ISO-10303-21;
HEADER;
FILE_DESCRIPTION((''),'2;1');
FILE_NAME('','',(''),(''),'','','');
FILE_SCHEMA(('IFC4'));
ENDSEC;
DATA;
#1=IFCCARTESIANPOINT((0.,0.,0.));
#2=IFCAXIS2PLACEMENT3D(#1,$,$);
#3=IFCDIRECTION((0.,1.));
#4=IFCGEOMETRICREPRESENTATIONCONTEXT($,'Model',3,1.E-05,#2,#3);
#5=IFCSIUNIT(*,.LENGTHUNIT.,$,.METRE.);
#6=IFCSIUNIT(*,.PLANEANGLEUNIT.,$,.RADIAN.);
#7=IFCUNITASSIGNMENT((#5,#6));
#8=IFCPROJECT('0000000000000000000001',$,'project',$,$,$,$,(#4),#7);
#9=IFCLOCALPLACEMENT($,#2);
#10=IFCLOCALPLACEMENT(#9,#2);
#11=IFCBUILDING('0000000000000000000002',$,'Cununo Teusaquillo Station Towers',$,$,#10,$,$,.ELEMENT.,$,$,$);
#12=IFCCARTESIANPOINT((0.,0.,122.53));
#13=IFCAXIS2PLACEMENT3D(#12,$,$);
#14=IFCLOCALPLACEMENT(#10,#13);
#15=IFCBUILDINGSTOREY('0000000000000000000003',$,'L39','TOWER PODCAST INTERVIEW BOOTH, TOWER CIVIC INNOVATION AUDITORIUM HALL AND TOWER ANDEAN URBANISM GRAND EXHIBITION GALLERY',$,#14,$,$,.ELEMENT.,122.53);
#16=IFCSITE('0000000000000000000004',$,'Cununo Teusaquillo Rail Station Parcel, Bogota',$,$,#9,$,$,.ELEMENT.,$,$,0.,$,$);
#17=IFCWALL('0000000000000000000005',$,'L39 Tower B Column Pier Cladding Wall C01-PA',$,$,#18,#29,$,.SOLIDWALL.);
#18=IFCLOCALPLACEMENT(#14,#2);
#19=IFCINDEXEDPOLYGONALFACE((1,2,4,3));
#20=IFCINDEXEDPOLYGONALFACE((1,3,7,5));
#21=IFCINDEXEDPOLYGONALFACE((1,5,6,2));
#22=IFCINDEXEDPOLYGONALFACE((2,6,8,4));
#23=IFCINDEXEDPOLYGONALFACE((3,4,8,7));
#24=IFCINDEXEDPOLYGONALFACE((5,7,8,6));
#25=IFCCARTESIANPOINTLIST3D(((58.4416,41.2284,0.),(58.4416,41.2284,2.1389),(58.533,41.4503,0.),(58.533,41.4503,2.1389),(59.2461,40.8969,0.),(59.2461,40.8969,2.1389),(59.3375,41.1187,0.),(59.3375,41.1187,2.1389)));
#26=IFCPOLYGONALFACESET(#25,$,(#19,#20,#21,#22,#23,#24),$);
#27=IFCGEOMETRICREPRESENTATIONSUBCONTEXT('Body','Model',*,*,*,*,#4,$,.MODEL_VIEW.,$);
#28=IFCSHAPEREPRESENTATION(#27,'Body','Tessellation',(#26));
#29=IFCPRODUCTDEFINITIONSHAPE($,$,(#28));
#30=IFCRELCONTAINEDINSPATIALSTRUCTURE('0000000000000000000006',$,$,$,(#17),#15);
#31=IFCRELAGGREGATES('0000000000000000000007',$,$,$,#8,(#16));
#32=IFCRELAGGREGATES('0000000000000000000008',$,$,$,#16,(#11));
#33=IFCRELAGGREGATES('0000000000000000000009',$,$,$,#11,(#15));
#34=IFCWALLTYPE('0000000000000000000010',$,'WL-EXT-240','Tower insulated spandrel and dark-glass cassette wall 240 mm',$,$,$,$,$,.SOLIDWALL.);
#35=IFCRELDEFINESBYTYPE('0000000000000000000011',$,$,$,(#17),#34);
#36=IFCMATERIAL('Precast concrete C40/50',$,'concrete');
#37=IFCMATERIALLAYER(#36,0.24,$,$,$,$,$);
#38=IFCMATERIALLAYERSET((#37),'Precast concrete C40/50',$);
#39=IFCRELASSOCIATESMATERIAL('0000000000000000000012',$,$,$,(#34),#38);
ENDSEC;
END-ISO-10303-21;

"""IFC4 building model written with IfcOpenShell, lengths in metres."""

from ifc_helpers import new_model, si_unit, direction, frame, frame_2d, origin, place, context, subcontext, project, spatial, rectangle, extrude, material, layer, layer_set, type_object, element, save


model = new_model("IFC4")

# Units and contexts
model_context = context("Model", 3, precision=1e-05, world=origin(), true_north=direction((0.0, 1.0)))
body_context = subcontext(model_context, "Body", "Model", "MODEL_VIEW")
ifc_project = project(units=[si_unit("LENGTHUNIT", "METRE"), si_unit("PLANEANGLEUNIT", "RADIAN")], contexts=[model_context])

# Site, building, storey
site_placement = place(None, origin())
site = spatial("IfcSite", under=ifc_project, at=site_placement, Name="Cununo Teusaquillo Rail Station Parcel, Bogota", CompositionType="ELEMENT", RefElevation=0.0)
building_placement = place(site_placement, origin())
building = spatial("IfcBuilding", under=site, at=building_placement, Name="Cununo Teusaquillo Station Towers", CompositionType="ELEMENT")
storey_placement = place(building_placement, frame((0.0, 0.0, 122.53)))
storey = spatial("IfcBuildingStorey", under=building, at=storey_placement, Name="L39", Description="TOWER PODCAST INTERVIEW BOOTH, TOWER CIVIC INNOVATION AUDITORIUM HALL AND TOWER ANDEAN URBANISM GRAND EXHIBITION GALLERY", CompositionType="ELEMENT", Elevation=122.53)

# Wall
ifc_material_1 = material(Name="Precast concrete C40/50", Category="concrete")
ifc_layer_1 = layer(ifc_material_1, 0.24)
ifc_layer_set_1 = layer_set([ifc_layer_1], Name="Precast concrete C40/50")
wall_type = type_object("IfcWallType", Name="WL-EXT-240", Description="Tower insulated spandrel and dark-glass cassette wall 240 mm", PredefinedType="SOLIDWALL", material=ifc_layer_set_1)
wall_1_placement = place(storey_placement, frame((58.4873, 41.3394, 0.0), z_axis=(0.0, 0.0, 1.0), x_axis=(0.924556, -0.381046, 0.0)))
element("IfcWall", 1, at=wall_1_placement, inside=storey, type_object=wall_type, Name="L39 Tower B Column Pier Cladding Wall C01-PA", PredefinedType="SOLIDWALL", context=body_context, shape_type="SweptSolid", body=[
    extrude(rectangle(XDim=0.8701, YDim=0.24, at=frame_2d((0.4351, 0.0))), origin(), (0.0, 0.0, 1.0), 2.1389),
])

save(model, "model.ifc")
